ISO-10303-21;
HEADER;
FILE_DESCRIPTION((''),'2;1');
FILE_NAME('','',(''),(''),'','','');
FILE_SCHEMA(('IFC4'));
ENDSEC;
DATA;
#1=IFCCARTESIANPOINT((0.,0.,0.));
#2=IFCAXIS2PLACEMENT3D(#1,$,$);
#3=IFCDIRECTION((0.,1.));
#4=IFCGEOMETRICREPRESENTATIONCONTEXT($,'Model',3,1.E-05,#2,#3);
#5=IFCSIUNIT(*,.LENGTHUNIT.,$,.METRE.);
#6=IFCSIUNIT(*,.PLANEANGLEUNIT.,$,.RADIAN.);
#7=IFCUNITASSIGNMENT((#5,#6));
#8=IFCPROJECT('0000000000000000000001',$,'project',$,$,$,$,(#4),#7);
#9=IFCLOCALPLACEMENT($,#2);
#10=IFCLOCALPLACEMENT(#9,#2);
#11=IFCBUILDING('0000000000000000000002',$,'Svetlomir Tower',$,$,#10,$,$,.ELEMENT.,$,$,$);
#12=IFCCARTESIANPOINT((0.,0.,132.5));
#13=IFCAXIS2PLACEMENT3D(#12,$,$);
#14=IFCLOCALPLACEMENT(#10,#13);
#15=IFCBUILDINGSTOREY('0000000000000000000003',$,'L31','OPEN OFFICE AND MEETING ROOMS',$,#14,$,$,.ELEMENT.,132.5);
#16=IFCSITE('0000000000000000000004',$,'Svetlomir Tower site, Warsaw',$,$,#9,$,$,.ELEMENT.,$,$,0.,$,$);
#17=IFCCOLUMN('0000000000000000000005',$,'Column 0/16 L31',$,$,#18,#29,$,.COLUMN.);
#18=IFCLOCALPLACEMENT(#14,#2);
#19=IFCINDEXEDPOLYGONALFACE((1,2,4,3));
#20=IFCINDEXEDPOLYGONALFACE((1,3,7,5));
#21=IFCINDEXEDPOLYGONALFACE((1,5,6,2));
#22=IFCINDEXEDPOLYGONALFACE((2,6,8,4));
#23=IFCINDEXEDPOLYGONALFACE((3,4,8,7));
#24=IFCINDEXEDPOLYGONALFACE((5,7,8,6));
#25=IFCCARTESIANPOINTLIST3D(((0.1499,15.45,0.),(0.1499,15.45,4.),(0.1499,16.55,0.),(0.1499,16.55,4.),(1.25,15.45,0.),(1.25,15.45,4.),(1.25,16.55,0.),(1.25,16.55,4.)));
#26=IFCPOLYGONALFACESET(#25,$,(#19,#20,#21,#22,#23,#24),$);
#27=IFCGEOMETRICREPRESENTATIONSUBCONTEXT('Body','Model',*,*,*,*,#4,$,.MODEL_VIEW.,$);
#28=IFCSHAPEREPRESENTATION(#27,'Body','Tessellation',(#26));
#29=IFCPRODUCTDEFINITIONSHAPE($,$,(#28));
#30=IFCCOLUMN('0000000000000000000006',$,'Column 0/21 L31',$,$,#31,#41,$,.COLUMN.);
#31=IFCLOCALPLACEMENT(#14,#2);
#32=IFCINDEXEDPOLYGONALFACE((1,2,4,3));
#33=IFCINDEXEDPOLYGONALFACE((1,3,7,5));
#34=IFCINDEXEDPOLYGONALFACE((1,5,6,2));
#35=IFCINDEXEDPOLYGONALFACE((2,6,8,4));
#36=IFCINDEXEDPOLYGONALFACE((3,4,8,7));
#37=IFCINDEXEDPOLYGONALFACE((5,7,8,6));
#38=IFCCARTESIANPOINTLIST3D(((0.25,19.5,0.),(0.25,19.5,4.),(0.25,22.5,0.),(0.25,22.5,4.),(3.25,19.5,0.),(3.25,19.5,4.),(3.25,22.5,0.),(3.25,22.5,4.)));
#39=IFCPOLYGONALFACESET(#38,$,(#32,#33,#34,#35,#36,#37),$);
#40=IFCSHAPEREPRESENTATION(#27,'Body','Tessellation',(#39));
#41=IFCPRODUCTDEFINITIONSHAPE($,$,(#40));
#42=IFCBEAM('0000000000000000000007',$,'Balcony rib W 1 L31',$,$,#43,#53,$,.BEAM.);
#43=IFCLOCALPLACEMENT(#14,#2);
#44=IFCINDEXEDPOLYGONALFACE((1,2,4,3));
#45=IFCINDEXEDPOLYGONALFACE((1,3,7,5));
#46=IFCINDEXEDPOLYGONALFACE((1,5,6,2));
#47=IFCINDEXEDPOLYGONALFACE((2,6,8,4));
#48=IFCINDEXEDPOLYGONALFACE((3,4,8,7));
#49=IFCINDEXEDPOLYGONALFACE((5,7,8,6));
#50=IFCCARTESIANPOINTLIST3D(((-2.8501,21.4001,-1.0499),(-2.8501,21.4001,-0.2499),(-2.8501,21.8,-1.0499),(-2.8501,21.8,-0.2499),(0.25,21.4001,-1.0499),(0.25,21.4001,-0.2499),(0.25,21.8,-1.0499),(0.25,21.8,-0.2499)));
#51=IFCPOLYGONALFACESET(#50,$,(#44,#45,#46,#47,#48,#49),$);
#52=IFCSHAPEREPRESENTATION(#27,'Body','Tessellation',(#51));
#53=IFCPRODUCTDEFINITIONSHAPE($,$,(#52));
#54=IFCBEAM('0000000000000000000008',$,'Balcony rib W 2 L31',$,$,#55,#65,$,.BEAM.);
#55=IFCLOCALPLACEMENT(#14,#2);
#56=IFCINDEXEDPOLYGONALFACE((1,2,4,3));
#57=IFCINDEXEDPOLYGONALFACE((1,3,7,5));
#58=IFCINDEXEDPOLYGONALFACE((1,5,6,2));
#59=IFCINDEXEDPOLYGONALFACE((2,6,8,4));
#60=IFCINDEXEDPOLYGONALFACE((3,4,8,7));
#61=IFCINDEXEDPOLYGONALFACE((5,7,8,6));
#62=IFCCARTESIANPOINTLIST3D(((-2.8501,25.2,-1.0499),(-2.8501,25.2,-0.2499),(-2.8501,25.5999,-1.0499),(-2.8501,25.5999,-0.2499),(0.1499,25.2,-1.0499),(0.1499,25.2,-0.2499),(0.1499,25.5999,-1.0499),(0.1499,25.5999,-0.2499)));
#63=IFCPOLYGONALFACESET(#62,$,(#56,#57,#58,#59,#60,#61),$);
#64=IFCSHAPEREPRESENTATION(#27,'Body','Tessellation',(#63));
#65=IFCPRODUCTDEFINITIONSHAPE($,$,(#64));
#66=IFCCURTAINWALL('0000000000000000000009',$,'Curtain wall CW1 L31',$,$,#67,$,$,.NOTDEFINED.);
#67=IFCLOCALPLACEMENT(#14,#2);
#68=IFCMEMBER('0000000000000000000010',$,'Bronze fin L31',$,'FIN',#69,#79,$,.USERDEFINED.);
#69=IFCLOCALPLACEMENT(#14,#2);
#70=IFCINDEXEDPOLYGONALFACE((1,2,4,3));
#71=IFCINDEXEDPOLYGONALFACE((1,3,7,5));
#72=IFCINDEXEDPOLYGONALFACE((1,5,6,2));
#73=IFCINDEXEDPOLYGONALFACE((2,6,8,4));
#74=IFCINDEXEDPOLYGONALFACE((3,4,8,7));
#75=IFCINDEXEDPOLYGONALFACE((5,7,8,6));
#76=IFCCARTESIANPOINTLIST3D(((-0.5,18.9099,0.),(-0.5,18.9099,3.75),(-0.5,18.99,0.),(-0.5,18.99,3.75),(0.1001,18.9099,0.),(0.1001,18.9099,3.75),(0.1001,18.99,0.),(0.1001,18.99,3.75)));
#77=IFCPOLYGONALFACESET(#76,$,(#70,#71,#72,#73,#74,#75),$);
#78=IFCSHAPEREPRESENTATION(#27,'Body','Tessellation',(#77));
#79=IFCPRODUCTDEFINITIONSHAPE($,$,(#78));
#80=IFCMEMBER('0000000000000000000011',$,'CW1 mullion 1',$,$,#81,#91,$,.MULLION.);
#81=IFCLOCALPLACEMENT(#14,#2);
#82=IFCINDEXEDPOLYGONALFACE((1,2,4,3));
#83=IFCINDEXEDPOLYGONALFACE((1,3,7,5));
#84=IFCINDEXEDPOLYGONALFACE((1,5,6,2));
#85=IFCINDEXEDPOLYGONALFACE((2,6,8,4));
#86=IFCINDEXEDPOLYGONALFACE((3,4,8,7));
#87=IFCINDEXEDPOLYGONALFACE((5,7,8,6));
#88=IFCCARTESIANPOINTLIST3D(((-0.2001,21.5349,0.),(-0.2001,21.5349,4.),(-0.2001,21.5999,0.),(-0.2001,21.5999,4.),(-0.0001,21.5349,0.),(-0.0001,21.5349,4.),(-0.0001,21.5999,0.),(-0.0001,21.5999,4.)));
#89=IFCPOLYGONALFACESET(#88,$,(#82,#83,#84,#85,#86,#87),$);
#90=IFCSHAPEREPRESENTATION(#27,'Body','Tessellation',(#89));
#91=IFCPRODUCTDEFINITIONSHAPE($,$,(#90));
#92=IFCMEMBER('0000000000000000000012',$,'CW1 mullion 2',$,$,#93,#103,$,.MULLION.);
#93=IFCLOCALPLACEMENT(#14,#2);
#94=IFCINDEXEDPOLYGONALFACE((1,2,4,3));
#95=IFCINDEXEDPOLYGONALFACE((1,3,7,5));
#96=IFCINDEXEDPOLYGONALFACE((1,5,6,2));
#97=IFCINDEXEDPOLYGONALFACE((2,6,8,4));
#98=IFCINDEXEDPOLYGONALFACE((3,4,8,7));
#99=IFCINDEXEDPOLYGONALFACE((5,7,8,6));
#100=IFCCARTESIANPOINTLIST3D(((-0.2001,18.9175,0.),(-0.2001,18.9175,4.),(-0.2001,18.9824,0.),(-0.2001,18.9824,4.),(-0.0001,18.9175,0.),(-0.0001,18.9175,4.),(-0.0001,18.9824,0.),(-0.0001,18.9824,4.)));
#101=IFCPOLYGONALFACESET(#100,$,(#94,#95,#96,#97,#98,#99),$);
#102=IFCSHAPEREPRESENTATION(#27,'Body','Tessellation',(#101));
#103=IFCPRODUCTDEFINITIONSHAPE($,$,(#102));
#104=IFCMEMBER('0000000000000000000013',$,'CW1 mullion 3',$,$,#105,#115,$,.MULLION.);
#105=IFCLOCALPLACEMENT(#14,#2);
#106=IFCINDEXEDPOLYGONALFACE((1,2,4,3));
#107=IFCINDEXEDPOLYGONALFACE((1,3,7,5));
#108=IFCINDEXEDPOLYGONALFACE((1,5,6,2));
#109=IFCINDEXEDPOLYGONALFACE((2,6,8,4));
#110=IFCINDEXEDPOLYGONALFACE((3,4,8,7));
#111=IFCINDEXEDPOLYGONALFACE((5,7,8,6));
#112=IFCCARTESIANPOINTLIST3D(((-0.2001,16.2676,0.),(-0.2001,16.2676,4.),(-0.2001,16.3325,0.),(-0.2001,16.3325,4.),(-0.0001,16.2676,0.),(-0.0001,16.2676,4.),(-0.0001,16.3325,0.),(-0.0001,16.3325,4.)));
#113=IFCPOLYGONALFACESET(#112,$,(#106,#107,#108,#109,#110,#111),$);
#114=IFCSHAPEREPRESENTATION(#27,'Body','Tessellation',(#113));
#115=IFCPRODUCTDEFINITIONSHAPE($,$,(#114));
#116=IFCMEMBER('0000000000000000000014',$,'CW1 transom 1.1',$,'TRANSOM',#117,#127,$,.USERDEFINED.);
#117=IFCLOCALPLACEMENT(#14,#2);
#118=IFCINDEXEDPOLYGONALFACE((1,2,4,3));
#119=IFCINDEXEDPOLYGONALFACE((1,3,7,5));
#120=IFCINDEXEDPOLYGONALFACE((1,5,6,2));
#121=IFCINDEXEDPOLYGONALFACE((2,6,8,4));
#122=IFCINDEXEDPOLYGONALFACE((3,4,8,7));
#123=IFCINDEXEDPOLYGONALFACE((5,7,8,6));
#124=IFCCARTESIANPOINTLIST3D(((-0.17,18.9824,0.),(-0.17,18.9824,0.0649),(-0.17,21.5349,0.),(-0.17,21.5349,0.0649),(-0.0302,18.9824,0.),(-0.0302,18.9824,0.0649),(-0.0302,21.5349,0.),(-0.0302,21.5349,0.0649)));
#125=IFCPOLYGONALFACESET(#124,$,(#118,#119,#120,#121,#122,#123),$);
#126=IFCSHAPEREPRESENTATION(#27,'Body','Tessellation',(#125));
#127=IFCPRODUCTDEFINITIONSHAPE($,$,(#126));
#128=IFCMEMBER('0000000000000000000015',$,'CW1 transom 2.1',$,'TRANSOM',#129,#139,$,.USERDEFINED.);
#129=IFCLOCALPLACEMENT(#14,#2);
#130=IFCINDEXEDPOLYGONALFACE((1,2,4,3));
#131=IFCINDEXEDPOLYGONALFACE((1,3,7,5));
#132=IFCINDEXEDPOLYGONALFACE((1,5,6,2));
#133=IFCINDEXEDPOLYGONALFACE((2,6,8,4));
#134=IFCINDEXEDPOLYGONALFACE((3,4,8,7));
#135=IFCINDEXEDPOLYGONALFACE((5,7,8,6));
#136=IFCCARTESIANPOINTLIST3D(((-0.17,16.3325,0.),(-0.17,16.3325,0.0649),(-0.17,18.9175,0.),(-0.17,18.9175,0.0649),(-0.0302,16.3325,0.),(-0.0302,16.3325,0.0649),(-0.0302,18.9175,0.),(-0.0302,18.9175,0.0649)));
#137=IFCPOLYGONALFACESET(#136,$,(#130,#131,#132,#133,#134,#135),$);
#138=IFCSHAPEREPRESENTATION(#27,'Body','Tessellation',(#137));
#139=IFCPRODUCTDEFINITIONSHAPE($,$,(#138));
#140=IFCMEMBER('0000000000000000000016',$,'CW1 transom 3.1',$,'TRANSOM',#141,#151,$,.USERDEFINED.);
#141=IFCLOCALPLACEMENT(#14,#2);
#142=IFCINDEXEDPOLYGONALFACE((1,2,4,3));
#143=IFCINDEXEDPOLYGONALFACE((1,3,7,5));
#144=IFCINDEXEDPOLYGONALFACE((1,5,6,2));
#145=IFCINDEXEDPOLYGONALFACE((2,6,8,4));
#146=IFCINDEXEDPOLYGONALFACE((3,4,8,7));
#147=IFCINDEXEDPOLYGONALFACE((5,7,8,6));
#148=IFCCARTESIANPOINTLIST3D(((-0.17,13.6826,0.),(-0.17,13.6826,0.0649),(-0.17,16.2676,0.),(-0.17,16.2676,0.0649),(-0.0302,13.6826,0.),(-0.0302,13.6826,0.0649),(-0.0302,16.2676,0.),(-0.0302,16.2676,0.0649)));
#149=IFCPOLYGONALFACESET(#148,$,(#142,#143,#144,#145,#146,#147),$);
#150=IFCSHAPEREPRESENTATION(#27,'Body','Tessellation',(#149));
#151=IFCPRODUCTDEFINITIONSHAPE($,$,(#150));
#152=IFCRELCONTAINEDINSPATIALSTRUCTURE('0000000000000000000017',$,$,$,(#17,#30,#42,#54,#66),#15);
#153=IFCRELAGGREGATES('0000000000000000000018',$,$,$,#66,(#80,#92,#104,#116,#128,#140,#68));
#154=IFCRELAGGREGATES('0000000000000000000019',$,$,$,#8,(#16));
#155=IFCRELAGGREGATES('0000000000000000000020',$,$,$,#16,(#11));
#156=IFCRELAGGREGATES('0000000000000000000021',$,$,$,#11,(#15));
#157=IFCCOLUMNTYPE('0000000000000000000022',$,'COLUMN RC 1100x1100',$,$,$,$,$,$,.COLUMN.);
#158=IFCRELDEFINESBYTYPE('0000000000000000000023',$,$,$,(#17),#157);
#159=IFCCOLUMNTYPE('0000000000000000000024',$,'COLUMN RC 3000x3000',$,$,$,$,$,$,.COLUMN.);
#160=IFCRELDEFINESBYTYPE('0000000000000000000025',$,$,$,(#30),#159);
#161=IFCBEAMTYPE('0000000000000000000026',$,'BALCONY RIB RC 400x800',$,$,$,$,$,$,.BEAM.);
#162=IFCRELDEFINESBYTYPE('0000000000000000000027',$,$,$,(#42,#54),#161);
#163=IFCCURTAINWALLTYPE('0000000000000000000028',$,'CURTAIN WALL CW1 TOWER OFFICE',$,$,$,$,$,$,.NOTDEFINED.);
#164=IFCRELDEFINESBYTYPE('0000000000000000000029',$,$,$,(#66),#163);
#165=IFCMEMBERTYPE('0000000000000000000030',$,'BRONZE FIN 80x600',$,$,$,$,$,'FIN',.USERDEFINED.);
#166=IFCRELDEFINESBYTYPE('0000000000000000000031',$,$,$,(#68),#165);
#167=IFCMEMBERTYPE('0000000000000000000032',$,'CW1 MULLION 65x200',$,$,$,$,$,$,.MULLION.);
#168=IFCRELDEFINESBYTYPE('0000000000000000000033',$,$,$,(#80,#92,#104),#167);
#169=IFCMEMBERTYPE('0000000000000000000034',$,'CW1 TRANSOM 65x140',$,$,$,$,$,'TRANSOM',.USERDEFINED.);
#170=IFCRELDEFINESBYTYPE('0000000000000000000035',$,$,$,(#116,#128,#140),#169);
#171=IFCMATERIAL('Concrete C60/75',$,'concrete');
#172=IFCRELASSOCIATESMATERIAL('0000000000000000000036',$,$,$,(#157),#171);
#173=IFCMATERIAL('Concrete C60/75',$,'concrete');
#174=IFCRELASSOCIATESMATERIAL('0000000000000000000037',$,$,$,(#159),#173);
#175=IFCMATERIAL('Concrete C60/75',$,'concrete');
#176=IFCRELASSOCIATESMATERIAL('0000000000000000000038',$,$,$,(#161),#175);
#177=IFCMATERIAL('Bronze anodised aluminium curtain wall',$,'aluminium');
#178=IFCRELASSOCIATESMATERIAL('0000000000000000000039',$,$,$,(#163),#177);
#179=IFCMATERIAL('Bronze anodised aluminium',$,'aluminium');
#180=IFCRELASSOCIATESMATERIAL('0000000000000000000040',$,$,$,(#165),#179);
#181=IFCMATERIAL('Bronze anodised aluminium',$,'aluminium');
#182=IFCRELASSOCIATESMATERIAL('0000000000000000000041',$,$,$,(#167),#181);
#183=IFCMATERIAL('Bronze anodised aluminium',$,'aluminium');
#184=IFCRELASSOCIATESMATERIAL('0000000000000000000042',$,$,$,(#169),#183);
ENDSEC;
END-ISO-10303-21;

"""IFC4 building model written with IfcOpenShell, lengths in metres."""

from ifc_helpers import new_model, si_unit, direction, frame, origin, origin_2d, place, context, subcontext, project, spatial, rectangle, extrude, material, material_profile, profile_set, type_object, element, aggregate, save


model = new_model("IFC4")

# Units and contexts
model_context = context("Model", 3, precision=1e-05, world=origin(), true_north=direction((0.0, 1.0)))
body_context = subcontext(model_context, "Body", "Model", "MODEL_VIEW")
ifc_project = project(units=[si_unit("LENGTHUNIT", "METRE"), si_unit("PLANEANGLEUNIT", "RADIAN")], contexts=[model_context])

# Site, building, storey
site_placement = place(None, origin())
site = spatial("IfcSite", under=ifc_project, at=site_placement, Name="Svetlomir Tower site, Warsaw", CompositionType="ELEMENT", RefElevation=0.0)
building_placement = place(site_placement, origin())
building = spatial("IfcBuilding", under=site, at=building_placement, Name="Svetlomir Tower", CompositionType="ELEMENT")
storey_placement = place(building_placement, frame((0.0, 0.0, 132.5)))
storey = spatial("IfcBuildingStorey", under=building, at=storey_placement, Name="L31", Description="OPEN OFFICE AND MEETING ROOMS", CompositionType="ELEMENT", Elevation=132.5)

# Columns
ifc_material_1 = material(Name="Concrete C60/75", Category="concrete")
ifc_material_profile_1 = material_profile(ifc_material_1, rectangle(XDim=1.1001, YDim=1.1001, at=origin_2d()), Name="RC 1100x1100")
ifc_profile_set_1 = profile_set([ifc_material_profile_1], Name="Concrete C60/75")
column_type_1 = type_object("IfcColumnType", Name="COLUMN RC 1100x1100", PredefinedType="COLUMN", material=ifc_profile_set_1)
column_1_placement = place(storey_placement, frame((0.7, 16.0, 0.0), z_axis=(0.0, 0.0, 1.0), x_axis=(1.0, 0.0, 0.0)))
element("IfcColumn", 1, at=column_1_placement, inside=storey, type_object=column_type_1, Name="Column 0/16 L31", PredefinedType="COLUMN", context=body_context, shape_type="SweptSolid", body=[
    extrude(rectangle(XDim=1.1001, YDim=1.1001, at=origin_2d()), origin(), (0.0, 0.0, 1.0), 4.0),
])
ifc_material_2 = material(Name="Concrete C60/75", Category="concrete")
ifc_material_profile_2 = material_profile(ifc_material_2, rectangle(XDim=3.0, YDim=3.0, at=origin_2d()), Name="RC 3000x3000")
ifc_profile_set_2 = profile_set([ifc_material_profile_2], Name="Concrete C60/75")
column_type_2 = type_object("IfcColumnType", Name="COLUMN RC 3000x3000", PredefinedType="COLUMN", material=ifc_profile_set_2)
column_2_placement = place(storey_placement, frame((1.75, 21.0, 0.0), z_axis=(0.0, 0.0, 1.0), x_axis=(1.0, 0.0, 0.0)))
element("IfcColumn", 2, at=column_2_placement, inside=storey, type_object=column_type_2, Name="Column 0/21 L31", PredefinedType="COLUMN", context=body_context, shape_type="SweptSolid", body=[
    extrude(rectangle(XDim=3.0, YDim=3.0, at=origin_2d()), origin(), (0.0, 0.0, 1.0), 4.0),
])

# Beams
ifc_material_3 = material(Name="Concrete C60/75", Category="concrete")
ifc_material_profile_3 = material_profile(ifc_material_3, rectangle(XDim=0.3999, YDim=0.8, at=origin_2d()), Name="RC 400x800")
ifc_profile_set_3 = profile_set([ifc_material_profile_3], Name="Concrete C60/75")
beam_type_1 = type_object("IfcBeamType", Name="BALCONY RIB RC 400x800", PredefinedType="BEAM", material=ifc_profile_set_3)
beam_1_placement = place(storey_placement, frame((0.25, 21.6001, -0.6499), z_axis=(-1.0, 0.0, 0.0), x_axis=(0.0, -1.0, 0.0)))
element("IfcBeam", 3, at=beam_1_placement, inside=storey, type_object=beam_type_1, Name="Balcony rib W 1 L31", PredefinedType="BEAM", context=body_context, shape_type="SweptSolid", body=[
    extrude(rectangle(XDim=0.3999, YDim=0.8, at=origin_2d()), origin(), (0.0, 0.0, 1.0), 3.1001),
])
beam_2_placement = place(storey_placement, frame((0.1499, 25.3999, -0.6499), z_axis=(-1.0, 0.0, 0.0), x_axis=(0.0, -1.0, 0.0)))
element("IfcBeam", 4, at=beam_2_placement, inside=storey, type_object=beam_type_1, Name="Balcony rib W 2 L31", PredefinedType="BEAM", context=body_context, shape_type="SweptSolid", body=[
    extrude(rectangle(XDim=0.3999, YDim=0.8, at=origin_2d()), origin(), (0.0, 0.0, 1.0), 3.0),
])

# Curtain wall, members
ifc_material_4 = material(Name="Bronze anodised aluminium curtain wall", Category="aluminium")
curtain_wall_type = type_object("IfcCurtainWallType", Name="CURTAIN WALL CW1 TOWER OFFICE", PredefinedType="NOTDEFINED", material=ifc_material_4)
curtain_wall_placement = place(storey_placement, origin())
curtain_wall = element("IfcCurtainWall", 5, at=curtain_wall_placement, inside=storey, type_object=curtain_wall_type, Name="Curtain wall CW1 L31", PredefinedType="NOTDEFINED")
ifc_material_5 = material(Name="Bronze anodised aluminium", Category="aluminium")
ifc_material_profile_4 = material_profile(ifc_material_5, rectangle(XDim=0.0801, YDim=0.6001, at=origin_2d()), Name="FIN 80x600")
ifc_profile_set_4 = profile_set([ifc_material_profile_4], Name="Bronze anodised aluminium 6063-T6")
member_type_1 = type_object("IfcMemberType", Name="BRONZE FIN 80x600", ElementType="FIN", PredefinedType="USERDEFINED", material=ifc_profile_set_4)
member_1_placement = place(storey_placement, frame((-0.2, 18.95, 0.0), z_axis=(0.0, 0.0, 1.0), x_axis=(0.0, 1.0, 0.0)))
member_1 = element("IfcMember", 6, at=member_1_placement, type_object=member_type_1, Name="Bronze fin L31", ObjectType="FIN", PredefinedType="USERDEFINED", context=body_context, shape_type="SweptSolid", body=[
    extrude(rectangle(XDim=0.0801, YDim=0.6001, at=origin_2d()), origin(), (0.0, 0.0, 1.0), 3.75),
])
ifc_material_6 = material(Name="Bronze anodised aluminium", Category="aluminium")
ifc_material_profile_5 = material_profile(ifc_material_6, rectangle(XDim=0.0649, YDim=0.2, at=origin_2d()), Name="AL 65x200")
ifc_profile_set_5 = profile_set([ifc_material_profile_5], Name="Bronze anodised aluminium 6063-T6")
member_type_2 = type_object("IfcMemberType", Name="CW1 MULLION 65x200", PredefinedType="MULLION", material=ifc_profile_set_5)
member_2_placement = place(storey_placement, frame((-0.1001, 21.5674, 0.0), z_axis=(0.0, 0.0, 1.0), x_axis=(0.0, -1.0, 0.0)))
member_2 = element("IfcMember", 7, at=member_2_placement, type_object=member_type_2, Name="CW1 mullion 1", PredefinedType="MULLION", context=body_context, shape_type="SweptSolid", body=[
    extrude(rectangle(XDim=0.0649, YDim=0.2, at=origin_2d()), origin(), (0.0, 0.0, 1.0), 4.0),
])
member_3_placement = place(storey_placement, frame((-0.1001, 18.95, 0.0), z_axis=(0.0, 0.0, 1.0), x_axis=(0.0, -1.0, 0.0)))
member_3 = element("IfcMember", 8, at=member_3_placement, type_object=member_type_2, Name="CW1 mullion 2", PredefinedType="MULLION", context=body_context, shape_type="SweptSolid", body=[
    extrude(rectangle(XDim=0.0649, YDim=0.2, at=origin_2d()), origin(), (0.0, 0.0, 1.0), 4.0),
])
member_4_placement = place(storey_placement, frame((-0.1001, 16.3, 0.0), z_axis=(0.0, 0.0, 1.0), x_axis=(0.0, -1.0, 0.0)))
member_4 = element("IfcMember", 9, at=member_4_placement, type_object=member_type_2, Name="CW1 mullion 3", PredefinedType="MULLION", context=body_context, shape_type="SweptSolid", body=[
    extrude(rectangle(XDim=0.0649, YDim=0.2, at=origin_2d()), origin(), (0.0, 0.0, 1.0), 4.0),
])
ifc_material_7 = material(Name="Bronze anodised aluminium", Category="aluminium")
ifc_material_profile_6 = material_profile(ifc_material_7, rectangle(XDim=0.1399, YDim=0.0649, at=origin_2d()), Name="AL 140x65")
ifc_profile_set_6 = profile_set([ifc_material_profile_6], Name="Bronze anodised aluminium 6063-T6")
member_type_3 = type_object("IfcMemberType", Name="CW1 TRANSOM 65x140", ElementType="TRANSOM", PredefinedType="USERDEFINED", material=ifc_profile_set_6)
member_5_placement = place(storey_placement, frame((-0.1001, 21.5349, 0.0325), z_axis=(0.0, -1.0, 0.0), x_axis=(1.0, 0.0, 0.0)))
member_5 = element("IfcMember", 10, at=member_5_placement, type_object=member_type_3, Name="CW1 transom 1.1", ObjectType="TRANSOM", PredefinedType="USERDEFINED", context=body_context, shape_type="SweptSolid", body=[
    extrude(rectangle(XDim=0.1399, YDim=0.0649, at=origin_2d()), origin(), (0.0, 0.0, 1.0), 2.5525),
])
member_6_placement = place(storey_placement, frame((-0.1001, 18.9175, 0.0325), z_axis=(0.0, -1.0, 0.0), x_axis=(1.0, 0.0, 0.0)))
member_6 = element("IfcMember", 11, at=member_6_placement, type_object=member_type_3, Name="CW1 transom 2.1", ObjectType="TRANSOM", PredefinedType="USERDEFINED", context=body_context, shape_type="SweptSolid", body=[
    extrude(rectangle(XDim=0.1399, YDim=0.0649, at=origin_2d()), origin(), (0.0, 0.0, 1.0), 2.585),
])
member_7_placement = place(storey_placement, frame((-0.1001, 16.2676, 0.0325), z_axis=(0.0, -1.0, 0.0), x_axis=(1.0, 0.0, 0.0)))
member_7 = element("IfcMember", 12, at=member_7_placement, type_object=member_type_3, Name="CW1 transom 3.1", ObjectType="TRANSOM", PredefinedType="USERDEFINED", context=body_context, shape_type="SweptSolid", body=[
    extrude(rectangle(XDim=0.1399, YDim=0.0649, at=origin_2d()), origin(), (0.0, 0.0, 1.0), 2.585),
])

aggregate(curtain_wall, [member_2, member_3, member_4, member_5, member_6, member_7, member_1])

save(model, "model.ifc")
